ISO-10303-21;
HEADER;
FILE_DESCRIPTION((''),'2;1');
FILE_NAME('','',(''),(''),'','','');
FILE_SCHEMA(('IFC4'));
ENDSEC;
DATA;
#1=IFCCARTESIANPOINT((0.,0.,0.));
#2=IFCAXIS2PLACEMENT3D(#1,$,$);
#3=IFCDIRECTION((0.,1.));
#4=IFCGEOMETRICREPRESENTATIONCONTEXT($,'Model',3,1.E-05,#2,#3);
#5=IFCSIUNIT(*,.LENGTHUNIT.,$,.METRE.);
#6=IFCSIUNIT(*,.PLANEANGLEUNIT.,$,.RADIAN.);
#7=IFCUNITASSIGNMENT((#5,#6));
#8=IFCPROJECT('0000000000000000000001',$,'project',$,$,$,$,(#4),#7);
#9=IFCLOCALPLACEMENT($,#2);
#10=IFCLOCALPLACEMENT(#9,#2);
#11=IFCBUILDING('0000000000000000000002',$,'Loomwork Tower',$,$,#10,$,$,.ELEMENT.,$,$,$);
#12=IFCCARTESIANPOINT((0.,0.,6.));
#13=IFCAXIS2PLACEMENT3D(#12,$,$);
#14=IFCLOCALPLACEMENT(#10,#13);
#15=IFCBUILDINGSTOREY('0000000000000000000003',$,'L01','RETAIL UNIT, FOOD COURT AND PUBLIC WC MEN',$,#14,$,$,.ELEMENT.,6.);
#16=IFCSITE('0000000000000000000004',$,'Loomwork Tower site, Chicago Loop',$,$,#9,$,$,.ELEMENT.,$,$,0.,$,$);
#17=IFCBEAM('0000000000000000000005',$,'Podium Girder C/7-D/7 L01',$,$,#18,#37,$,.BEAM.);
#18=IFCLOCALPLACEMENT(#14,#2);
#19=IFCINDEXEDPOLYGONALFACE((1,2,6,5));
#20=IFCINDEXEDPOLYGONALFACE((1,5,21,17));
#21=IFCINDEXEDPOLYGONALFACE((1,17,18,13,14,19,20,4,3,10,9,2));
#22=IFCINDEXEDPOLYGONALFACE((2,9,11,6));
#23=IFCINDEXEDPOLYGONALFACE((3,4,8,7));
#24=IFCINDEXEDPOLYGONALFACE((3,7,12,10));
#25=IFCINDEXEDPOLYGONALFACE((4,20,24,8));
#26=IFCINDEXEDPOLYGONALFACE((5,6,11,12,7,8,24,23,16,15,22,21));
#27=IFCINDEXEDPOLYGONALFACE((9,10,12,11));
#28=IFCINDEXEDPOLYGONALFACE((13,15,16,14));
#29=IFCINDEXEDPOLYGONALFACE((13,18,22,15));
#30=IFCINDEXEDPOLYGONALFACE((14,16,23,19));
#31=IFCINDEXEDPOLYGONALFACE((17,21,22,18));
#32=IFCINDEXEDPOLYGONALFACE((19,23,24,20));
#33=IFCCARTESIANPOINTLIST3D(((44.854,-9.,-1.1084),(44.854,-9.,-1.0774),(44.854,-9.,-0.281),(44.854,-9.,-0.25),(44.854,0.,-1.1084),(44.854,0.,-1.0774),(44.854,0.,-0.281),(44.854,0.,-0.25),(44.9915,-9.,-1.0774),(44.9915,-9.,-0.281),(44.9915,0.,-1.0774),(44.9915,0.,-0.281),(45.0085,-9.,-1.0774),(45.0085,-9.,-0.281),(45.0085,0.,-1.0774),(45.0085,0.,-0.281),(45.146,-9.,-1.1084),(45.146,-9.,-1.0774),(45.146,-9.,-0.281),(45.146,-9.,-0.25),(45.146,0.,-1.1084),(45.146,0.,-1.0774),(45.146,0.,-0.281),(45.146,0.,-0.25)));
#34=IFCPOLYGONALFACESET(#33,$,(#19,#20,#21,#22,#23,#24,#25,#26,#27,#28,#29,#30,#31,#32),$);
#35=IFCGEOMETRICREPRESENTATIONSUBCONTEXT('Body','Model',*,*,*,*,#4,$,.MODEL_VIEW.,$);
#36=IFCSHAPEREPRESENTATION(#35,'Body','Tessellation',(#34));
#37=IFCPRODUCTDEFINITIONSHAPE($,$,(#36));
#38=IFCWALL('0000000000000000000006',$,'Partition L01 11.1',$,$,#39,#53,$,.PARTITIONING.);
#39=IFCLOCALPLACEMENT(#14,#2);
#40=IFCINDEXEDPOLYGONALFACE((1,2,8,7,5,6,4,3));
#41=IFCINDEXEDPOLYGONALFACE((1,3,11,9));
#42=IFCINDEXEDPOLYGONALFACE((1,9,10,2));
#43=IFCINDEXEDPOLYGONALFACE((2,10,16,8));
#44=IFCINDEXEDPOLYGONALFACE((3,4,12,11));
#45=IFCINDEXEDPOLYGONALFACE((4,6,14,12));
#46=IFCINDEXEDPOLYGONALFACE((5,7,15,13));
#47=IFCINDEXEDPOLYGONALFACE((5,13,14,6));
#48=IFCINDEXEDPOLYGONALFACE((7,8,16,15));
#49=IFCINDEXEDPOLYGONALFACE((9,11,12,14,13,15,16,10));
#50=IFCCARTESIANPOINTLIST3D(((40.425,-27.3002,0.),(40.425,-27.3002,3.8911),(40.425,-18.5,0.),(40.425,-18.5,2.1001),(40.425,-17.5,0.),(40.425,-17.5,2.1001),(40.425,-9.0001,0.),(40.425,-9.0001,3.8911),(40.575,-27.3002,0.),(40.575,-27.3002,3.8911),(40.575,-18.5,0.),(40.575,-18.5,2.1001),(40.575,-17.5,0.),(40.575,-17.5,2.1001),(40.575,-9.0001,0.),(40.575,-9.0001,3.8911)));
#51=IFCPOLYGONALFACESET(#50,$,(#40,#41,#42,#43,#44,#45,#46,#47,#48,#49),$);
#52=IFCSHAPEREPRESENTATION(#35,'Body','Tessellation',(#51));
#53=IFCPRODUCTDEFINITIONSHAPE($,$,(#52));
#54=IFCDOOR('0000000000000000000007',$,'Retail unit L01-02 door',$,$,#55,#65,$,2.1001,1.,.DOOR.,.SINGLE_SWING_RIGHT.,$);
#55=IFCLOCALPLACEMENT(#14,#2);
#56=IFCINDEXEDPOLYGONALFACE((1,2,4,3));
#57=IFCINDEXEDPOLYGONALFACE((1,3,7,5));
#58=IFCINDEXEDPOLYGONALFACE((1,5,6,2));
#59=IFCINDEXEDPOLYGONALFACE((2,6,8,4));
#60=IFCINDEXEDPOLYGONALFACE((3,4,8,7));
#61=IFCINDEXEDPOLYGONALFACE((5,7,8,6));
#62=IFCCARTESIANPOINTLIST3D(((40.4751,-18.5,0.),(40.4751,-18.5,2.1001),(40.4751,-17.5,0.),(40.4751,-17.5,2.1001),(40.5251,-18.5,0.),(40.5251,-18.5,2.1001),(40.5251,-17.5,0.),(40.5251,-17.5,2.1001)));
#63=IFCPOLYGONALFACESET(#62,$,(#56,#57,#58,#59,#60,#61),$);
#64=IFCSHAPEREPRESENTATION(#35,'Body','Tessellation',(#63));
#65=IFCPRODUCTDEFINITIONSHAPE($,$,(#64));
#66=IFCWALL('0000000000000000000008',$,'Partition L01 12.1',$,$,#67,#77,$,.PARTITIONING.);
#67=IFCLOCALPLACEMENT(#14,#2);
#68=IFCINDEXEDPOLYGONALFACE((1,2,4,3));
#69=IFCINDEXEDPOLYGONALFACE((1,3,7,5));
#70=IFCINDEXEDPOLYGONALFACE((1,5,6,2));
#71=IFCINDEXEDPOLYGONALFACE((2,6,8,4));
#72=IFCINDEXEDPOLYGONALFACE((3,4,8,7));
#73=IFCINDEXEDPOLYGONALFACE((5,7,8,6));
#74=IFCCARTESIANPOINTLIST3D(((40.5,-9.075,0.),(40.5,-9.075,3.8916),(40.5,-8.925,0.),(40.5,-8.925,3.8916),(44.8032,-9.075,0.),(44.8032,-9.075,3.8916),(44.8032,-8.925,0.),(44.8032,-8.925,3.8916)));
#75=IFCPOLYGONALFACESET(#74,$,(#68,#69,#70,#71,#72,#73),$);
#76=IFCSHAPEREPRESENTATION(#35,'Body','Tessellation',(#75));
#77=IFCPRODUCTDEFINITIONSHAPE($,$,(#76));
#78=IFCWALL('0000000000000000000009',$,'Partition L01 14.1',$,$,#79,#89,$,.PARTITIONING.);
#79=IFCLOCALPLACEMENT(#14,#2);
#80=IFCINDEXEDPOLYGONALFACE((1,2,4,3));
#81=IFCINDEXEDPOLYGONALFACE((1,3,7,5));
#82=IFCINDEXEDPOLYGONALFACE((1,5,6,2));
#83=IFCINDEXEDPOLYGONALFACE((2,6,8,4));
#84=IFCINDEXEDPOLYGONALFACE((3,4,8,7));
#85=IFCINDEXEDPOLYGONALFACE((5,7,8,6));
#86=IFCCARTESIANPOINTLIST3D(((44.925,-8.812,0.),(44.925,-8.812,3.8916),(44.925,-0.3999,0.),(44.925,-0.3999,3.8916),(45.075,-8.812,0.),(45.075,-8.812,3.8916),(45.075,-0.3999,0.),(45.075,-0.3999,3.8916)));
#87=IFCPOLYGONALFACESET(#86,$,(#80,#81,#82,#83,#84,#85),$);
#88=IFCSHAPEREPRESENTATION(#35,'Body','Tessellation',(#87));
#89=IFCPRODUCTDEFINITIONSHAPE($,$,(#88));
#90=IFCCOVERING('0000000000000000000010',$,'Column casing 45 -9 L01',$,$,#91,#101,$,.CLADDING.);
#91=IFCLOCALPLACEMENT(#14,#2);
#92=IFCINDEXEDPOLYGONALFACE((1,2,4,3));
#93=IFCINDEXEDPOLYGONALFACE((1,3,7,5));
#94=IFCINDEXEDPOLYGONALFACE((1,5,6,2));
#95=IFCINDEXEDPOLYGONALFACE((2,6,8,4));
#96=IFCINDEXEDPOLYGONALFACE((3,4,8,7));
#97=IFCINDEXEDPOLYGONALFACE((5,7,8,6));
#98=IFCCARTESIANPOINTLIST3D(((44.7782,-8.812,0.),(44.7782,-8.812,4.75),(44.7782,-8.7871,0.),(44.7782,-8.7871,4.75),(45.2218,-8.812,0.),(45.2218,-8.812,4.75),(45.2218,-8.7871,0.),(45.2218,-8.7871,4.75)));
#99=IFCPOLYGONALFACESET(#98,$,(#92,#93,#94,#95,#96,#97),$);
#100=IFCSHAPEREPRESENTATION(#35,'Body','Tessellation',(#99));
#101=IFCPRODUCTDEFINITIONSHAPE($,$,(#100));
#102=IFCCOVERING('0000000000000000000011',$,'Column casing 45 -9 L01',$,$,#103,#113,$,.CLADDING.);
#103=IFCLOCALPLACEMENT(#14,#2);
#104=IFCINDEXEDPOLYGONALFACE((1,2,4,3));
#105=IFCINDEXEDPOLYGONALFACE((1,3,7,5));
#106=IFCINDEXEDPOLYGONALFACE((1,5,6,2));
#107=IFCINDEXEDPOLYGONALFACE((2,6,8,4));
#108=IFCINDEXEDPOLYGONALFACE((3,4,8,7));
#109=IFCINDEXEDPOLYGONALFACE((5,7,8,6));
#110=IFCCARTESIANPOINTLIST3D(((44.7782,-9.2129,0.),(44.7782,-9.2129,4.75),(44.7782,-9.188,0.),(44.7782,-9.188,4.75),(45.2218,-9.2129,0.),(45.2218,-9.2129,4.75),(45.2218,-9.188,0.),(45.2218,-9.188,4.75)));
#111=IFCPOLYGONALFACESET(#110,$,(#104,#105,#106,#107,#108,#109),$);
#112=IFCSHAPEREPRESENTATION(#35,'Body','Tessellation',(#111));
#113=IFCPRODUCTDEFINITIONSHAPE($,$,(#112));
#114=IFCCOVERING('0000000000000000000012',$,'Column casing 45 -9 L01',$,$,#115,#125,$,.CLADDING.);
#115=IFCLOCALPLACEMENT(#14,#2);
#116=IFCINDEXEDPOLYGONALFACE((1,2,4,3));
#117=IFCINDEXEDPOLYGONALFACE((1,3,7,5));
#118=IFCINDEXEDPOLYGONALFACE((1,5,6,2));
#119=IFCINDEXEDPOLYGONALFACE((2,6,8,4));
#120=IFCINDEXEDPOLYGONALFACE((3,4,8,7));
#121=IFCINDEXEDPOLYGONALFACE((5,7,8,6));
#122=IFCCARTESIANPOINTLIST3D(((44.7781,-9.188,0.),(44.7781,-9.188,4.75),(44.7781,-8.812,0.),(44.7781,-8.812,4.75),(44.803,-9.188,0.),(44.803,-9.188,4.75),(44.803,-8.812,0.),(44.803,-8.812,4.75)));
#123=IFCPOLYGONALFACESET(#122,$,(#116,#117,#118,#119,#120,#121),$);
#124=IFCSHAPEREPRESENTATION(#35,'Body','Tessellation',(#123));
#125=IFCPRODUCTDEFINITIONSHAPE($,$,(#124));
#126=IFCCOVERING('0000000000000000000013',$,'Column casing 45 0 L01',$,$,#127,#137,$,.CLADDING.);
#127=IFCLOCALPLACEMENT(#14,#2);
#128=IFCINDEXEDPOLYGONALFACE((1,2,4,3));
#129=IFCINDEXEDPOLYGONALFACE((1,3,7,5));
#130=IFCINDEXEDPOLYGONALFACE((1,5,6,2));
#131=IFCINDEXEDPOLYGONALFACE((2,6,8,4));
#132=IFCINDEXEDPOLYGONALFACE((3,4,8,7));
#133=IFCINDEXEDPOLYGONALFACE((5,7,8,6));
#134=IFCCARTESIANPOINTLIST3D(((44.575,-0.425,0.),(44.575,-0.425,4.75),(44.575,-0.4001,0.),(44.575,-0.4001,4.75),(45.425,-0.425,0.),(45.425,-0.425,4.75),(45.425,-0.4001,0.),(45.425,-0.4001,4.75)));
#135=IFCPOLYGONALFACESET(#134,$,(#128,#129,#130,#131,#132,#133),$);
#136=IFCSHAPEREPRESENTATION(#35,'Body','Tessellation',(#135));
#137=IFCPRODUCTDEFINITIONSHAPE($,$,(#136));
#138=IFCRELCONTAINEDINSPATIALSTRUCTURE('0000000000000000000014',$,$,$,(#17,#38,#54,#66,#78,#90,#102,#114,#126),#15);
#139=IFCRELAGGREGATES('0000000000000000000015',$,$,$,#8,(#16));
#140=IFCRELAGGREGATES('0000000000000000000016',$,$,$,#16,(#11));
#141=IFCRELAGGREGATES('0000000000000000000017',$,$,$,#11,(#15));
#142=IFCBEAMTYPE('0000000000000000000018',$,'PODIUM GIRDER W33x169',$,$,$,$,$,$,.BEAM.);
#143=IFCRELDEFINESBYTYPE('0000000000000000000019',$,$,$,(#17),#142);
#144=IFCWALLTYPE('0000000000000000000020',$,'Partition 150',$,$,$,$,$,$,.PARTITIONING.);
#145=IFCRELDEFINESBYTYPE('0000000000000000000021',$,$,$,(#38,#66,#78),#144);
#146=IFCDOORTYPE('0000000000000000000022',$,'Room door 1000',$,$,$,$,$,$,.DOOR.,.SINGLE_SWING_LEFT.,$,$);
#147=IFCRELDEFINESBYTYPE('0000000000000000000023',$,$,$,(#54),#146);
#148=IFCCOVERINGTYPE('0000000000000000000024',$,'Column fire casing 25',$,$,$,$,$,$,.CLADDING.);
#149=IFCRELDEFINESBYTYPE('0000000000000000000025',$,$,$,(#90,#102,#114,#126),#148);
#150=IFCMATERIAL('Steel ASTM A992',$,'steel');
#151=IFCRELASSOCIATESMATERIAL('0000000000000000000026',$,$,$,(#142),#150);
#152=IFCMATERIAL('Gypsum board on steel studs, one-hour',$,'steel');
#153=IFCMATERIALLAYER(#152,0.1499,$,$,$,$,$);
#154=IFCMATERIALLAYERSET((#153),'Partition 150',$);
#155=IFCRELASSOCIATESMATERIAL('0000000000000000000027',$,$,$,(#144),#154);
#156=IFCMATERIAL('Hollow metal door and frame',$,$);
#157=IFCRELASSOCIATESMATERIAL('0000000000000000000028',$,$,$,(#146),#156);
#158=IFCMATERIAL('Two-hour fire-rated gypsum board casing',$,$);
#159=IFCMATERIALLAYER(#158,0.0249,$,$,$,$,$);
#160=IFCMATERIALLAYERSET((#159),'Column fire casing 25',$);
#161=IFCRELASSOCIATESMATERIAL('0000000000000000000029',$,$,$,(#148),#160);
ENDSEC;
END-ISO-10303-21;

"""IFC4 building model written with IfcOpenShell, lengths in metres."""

from ifc_helpers import new_model, si_unit, direction, frame, frame_2d, origin, origin_2d, place, context, subcontext, project, spatial, rectangle, i_section, extrude, material, layer, layer_set, material_profile, profile_set, type_object, element, fill, save


model = new_model("IFC4")

# Units and contexts
model_context = context("Model", 3, precision=1e-05, world=origin(), true_north=direction((0.0, 1.0)))
body_context = subcontext(model_context, "Body", "Model", "MODEL_VIEW")
ifc_project = project(units=[si_unit("LENGTHUNIT", "METRE"), si_unit("PLANEANGLEUNIT", "RADIAN")], contexts=[model_context])

# Site, building, storey
site_placement = place(None, origin())
site = spatial("IfcSite", under=ifc_project, at=site_placement, Name="Loomwork Tower site, Chicago Loop", CompositionType="ELEMENT", RefElevation=0.0)
building_placement = place(site_placement, origin())
building = spatial("IfcBuilding", under=site, at=building_placement, Name="Loomwork Tower", CompositionType="ELEMENT")
storey_placement = place(building_placement, frame((0.0, 0.0, 6.0)))
storey = spatial("IfcBuildingStorey", under=building, at=storey_placement, Name="L01", Description="RETAIL UNIT, FOOD COURT AND PUBLIC WC MEN", CompositionType="ELEMENT", Elevation=6.0)

# Beam
ifc_material_1 = material(Name="Steel ASTM A992", Category="steel")
ifc_material_profile_1 = material_profile(ifc_material_1, i_section(OverallWidth=0.292, OverallDepth=0.8584, WebThickness=0.0171, FlangeThickness=0.031, at=origin_2d()), Name="W33x169")
ifc_profile_set_1 = profile_set([ifc_material_profile_1], Name="Steel ASTM A992")
beam_type_1 = type_object("IfcBeamType", Name="PODIUM GIRDER W33x169", PredefinedType="BEAM", material=ifc_profile_set_1)
for number, where, z_axis, x_axis, name in (
    (1, (45.0, -9.0, -0.6792), (0.0, 1.0, 0.0), (-1.0, 0.0, 0.0), "Podium Girder C/7-D/7 L01"),
):
    element("IfcBeam", number, at=place(storey_placement, frame(where, z_axis=z_axis, x_axis=x_axis)), inside=storey, type_object=beam_type_1, Name=name, PredefinedType="BEAM", context=body_context, shape_type="SweptSolid", body=[
        extrude(i_section(OverallWidth=0.292, OverallDepth=0.8584, WebThickness=0.0171, FlangeThickness=0.031, at=origin_2d()), origin(), (0.0, 0.0, 1.0), 9.0),
    ])

# Wall, opening, door
ifc_material_2 = material(Name="Gypsum board on steel studs, one-hour", Category="steel")
ifc_layer_1 = layer(ifc_material_2, 0.1499)
ifc_layer_set_1 = layer_set([ifc_layer_1], Name="Partition 150")
wall_type = type_object("IfcWallType", Name="Partition 150", PredefinedType="PARTITIONING", material=ifc_layer_set_1)
wall_1_placement = place(storey_placement, frame((40.5, -27.3, 0.0), z_axis=(0.0, 0.0, 1.0), x_axis=(0.0, 1.0, 0.0)))
wall_1 = element("IfcWall", 2, at=wall_1_placement, inside=storey, type_object=wall_type, Name="Partition L01 11.1", PredefinedType="PARTITIONING", context=body_context, shape_type="SweptSolid", body=[
    extrude(rectangle(XDim=18.3, YDim=0.1499, at=frame_2d((9.1499, 0.0))), origin(), (0.0, 0.0, 1.0), 3.8911),
])
opening_placement = place(wall_1_placement, frame((8.8, 0.0, 0.0)))
opening = element("IfcOpeningElement", 3, at=opening_placement, cuts=wall_1, PredefinedType="OPENING", context=body_context, shape_type="SweptSolid", body=[
    extrude(rectangle(XDim=1.0, YDim=2.1001, at=frame_2d((0.5, 1.05))), frame((0.0, 0.085, 0.0), z_axis=(0.0, -1.0, 0.0), x_axis=(1.0, 0.0, 0.0)), (0.0, 0.0, 1.0), 0.1699),
])
ifc_material_3 = material(Name="Hollow metal door and frame")
door_type = type_object("IfcDoorType", Name="Room door 1000", OperationType="SINGLE_SWING_LEFT", PredefinedType="DOOR", material=ifc_material_3)
door_placement = place(opening_placement, origin())
door = element("IfcDoor", 4, at=door_placement, inside=storey, type_object=door_type, Name="Retail unit L01-02 door", OperationType="SINGLE_SWING_RIGHT", OverallHeight=2.1001, OverallWidth=1.0, PredefinedType="DOOR", context=body_context, shape_type="SweptSolid", body=[
    extrude(rectangle(XDim=1.0, YDim=2.1001, at=frame_2d((0.5, 1.05))), frame((0.0, 0.0249, 0.0), z_axis=(0.0, -1.0, 0.0), x_axis=(1.0, 0.0, 0.0)), (0.0, 0.0, 1.0), 0.05),
])
fill(opening, door)

# Walls
wall_2_placement = place(storey_placement, frame((40.5, -9.0, 0.0), z_axis=(0.0, 0.0, 1.0), x_axis=(1.0, 0.0, 0.0)))
element("IfcWall", 5, at=wall_2_placement, inside=storey, type_object=wall_type, Name="Partition L01 12.1", PredefinedType="PARTITIONING", context=body_context, shape_type="SweptSolid", body=[
    extrude(rectangle(XDim=4.3032, YDim=0.1499, at=frame_2d((2.1516, 0.0))), origin(), (0.0, 0.0, 1.0), 3.8916),
])
wall_3_placement = place(storey_placement, frame((45.0, -8.812, 0.0), z_axis=(0.0, 0.0, 1.0), x_axis=(0.0, 1.0, 0.0)))
element("IfcWall", 6, at=wall_3_placement, inside=storey, type_object=wall_type, Name="Partition L01 14.1", PredefinedType="PARTITIONING", context=body_context, shape_type="SweptSolid", body=[
    extrude(rectangle(XDim=8.4121, YDim=0.1499, at=frame_2d((4.2061, 0.0))), origin(), (0.0, 0.0, 1.0), 3.8916),
])

# Coverings
ifc_material_4 = material(Name="Two-hour fire-rated gypsum board casing")
ifc_layer_2 = layer(ifc_material_4, 0.0249)
ifc_layer_set_2 = layer_set([ifc_layer_2], Name="Column fire casing 25")
covering_type = type_object("IfcCoveringType", Name="Column fire casing 25", PredefinedType="CLADDING", material=ifc_layer_set_2)
for number, where, z_axis, x_axis, name in (
    (7, (45.0, -8.7996, 0.0), (0.0, 0.0, 1.0), (1.0, 0.0, 0.0), "Column casing 45 -9 L01"),
    (8, (45.0, -9.2004, 0.0), (0.0, 0.0, 1.0), (1.0, 0.0, 0.0), "Column casing 45 -9 L01"),
):
    element("IfcCovering", number, at=place(storey_placement, frame(where, z_axis=z_axis, x_axis=x_axis)), inside=storey, type_object=covering_type, Name=name, PredefinedType="CLADDING", context=body_context, shape_type="SweptSolid", body=[
        extrude(rectangle(XDim=0.4436, YDim=0.0249, at=origin_2d()), origin(), (0.0, 0.0, 1.0), 4.75),
    ])
covering_1_placement = place(storey_placement, frame((44.7905, -9.0, 0.0), z_axis=(0.0, 0.0, 1.0), x_axis=(1.0, 0.0, 0.0)))
element("IfcCovering", 9, at=covering_1_placement, inside=storey, type_object=covering_type, Name="Column casing 45 -9 L01", PredefinedType="CLADDING", context=body_context, shape_type="SweptSolid", body=[
    extrude(rectangle(XDim=0.0249, YDim=0.376, at=origin_2d()), origin(), (0.0, 0.0, 1.0), 4.75),
])
covering_2_placement = place(storey_placement, frame((45.0, -0.4126, 0.0), z_axis=(0.0, 0.0, 1.0), x_axis=(1.0, 0.0, 0.0)))
element("IfcCovering", 10, at=covering_2_placement, inside=storey, type_object=covering_type, Name="Column casing 45 0 L01", PredefinedType="CLADDING", context=body_context, shape_type="SweptSolid", body=[
    extrude(rectangle(XDim=0.8501, YDim=0.0249, at=origin_2d()), origin(), (0.0, 0.0, 1.0), 4.75),
])

save(model, "model.ifc")
